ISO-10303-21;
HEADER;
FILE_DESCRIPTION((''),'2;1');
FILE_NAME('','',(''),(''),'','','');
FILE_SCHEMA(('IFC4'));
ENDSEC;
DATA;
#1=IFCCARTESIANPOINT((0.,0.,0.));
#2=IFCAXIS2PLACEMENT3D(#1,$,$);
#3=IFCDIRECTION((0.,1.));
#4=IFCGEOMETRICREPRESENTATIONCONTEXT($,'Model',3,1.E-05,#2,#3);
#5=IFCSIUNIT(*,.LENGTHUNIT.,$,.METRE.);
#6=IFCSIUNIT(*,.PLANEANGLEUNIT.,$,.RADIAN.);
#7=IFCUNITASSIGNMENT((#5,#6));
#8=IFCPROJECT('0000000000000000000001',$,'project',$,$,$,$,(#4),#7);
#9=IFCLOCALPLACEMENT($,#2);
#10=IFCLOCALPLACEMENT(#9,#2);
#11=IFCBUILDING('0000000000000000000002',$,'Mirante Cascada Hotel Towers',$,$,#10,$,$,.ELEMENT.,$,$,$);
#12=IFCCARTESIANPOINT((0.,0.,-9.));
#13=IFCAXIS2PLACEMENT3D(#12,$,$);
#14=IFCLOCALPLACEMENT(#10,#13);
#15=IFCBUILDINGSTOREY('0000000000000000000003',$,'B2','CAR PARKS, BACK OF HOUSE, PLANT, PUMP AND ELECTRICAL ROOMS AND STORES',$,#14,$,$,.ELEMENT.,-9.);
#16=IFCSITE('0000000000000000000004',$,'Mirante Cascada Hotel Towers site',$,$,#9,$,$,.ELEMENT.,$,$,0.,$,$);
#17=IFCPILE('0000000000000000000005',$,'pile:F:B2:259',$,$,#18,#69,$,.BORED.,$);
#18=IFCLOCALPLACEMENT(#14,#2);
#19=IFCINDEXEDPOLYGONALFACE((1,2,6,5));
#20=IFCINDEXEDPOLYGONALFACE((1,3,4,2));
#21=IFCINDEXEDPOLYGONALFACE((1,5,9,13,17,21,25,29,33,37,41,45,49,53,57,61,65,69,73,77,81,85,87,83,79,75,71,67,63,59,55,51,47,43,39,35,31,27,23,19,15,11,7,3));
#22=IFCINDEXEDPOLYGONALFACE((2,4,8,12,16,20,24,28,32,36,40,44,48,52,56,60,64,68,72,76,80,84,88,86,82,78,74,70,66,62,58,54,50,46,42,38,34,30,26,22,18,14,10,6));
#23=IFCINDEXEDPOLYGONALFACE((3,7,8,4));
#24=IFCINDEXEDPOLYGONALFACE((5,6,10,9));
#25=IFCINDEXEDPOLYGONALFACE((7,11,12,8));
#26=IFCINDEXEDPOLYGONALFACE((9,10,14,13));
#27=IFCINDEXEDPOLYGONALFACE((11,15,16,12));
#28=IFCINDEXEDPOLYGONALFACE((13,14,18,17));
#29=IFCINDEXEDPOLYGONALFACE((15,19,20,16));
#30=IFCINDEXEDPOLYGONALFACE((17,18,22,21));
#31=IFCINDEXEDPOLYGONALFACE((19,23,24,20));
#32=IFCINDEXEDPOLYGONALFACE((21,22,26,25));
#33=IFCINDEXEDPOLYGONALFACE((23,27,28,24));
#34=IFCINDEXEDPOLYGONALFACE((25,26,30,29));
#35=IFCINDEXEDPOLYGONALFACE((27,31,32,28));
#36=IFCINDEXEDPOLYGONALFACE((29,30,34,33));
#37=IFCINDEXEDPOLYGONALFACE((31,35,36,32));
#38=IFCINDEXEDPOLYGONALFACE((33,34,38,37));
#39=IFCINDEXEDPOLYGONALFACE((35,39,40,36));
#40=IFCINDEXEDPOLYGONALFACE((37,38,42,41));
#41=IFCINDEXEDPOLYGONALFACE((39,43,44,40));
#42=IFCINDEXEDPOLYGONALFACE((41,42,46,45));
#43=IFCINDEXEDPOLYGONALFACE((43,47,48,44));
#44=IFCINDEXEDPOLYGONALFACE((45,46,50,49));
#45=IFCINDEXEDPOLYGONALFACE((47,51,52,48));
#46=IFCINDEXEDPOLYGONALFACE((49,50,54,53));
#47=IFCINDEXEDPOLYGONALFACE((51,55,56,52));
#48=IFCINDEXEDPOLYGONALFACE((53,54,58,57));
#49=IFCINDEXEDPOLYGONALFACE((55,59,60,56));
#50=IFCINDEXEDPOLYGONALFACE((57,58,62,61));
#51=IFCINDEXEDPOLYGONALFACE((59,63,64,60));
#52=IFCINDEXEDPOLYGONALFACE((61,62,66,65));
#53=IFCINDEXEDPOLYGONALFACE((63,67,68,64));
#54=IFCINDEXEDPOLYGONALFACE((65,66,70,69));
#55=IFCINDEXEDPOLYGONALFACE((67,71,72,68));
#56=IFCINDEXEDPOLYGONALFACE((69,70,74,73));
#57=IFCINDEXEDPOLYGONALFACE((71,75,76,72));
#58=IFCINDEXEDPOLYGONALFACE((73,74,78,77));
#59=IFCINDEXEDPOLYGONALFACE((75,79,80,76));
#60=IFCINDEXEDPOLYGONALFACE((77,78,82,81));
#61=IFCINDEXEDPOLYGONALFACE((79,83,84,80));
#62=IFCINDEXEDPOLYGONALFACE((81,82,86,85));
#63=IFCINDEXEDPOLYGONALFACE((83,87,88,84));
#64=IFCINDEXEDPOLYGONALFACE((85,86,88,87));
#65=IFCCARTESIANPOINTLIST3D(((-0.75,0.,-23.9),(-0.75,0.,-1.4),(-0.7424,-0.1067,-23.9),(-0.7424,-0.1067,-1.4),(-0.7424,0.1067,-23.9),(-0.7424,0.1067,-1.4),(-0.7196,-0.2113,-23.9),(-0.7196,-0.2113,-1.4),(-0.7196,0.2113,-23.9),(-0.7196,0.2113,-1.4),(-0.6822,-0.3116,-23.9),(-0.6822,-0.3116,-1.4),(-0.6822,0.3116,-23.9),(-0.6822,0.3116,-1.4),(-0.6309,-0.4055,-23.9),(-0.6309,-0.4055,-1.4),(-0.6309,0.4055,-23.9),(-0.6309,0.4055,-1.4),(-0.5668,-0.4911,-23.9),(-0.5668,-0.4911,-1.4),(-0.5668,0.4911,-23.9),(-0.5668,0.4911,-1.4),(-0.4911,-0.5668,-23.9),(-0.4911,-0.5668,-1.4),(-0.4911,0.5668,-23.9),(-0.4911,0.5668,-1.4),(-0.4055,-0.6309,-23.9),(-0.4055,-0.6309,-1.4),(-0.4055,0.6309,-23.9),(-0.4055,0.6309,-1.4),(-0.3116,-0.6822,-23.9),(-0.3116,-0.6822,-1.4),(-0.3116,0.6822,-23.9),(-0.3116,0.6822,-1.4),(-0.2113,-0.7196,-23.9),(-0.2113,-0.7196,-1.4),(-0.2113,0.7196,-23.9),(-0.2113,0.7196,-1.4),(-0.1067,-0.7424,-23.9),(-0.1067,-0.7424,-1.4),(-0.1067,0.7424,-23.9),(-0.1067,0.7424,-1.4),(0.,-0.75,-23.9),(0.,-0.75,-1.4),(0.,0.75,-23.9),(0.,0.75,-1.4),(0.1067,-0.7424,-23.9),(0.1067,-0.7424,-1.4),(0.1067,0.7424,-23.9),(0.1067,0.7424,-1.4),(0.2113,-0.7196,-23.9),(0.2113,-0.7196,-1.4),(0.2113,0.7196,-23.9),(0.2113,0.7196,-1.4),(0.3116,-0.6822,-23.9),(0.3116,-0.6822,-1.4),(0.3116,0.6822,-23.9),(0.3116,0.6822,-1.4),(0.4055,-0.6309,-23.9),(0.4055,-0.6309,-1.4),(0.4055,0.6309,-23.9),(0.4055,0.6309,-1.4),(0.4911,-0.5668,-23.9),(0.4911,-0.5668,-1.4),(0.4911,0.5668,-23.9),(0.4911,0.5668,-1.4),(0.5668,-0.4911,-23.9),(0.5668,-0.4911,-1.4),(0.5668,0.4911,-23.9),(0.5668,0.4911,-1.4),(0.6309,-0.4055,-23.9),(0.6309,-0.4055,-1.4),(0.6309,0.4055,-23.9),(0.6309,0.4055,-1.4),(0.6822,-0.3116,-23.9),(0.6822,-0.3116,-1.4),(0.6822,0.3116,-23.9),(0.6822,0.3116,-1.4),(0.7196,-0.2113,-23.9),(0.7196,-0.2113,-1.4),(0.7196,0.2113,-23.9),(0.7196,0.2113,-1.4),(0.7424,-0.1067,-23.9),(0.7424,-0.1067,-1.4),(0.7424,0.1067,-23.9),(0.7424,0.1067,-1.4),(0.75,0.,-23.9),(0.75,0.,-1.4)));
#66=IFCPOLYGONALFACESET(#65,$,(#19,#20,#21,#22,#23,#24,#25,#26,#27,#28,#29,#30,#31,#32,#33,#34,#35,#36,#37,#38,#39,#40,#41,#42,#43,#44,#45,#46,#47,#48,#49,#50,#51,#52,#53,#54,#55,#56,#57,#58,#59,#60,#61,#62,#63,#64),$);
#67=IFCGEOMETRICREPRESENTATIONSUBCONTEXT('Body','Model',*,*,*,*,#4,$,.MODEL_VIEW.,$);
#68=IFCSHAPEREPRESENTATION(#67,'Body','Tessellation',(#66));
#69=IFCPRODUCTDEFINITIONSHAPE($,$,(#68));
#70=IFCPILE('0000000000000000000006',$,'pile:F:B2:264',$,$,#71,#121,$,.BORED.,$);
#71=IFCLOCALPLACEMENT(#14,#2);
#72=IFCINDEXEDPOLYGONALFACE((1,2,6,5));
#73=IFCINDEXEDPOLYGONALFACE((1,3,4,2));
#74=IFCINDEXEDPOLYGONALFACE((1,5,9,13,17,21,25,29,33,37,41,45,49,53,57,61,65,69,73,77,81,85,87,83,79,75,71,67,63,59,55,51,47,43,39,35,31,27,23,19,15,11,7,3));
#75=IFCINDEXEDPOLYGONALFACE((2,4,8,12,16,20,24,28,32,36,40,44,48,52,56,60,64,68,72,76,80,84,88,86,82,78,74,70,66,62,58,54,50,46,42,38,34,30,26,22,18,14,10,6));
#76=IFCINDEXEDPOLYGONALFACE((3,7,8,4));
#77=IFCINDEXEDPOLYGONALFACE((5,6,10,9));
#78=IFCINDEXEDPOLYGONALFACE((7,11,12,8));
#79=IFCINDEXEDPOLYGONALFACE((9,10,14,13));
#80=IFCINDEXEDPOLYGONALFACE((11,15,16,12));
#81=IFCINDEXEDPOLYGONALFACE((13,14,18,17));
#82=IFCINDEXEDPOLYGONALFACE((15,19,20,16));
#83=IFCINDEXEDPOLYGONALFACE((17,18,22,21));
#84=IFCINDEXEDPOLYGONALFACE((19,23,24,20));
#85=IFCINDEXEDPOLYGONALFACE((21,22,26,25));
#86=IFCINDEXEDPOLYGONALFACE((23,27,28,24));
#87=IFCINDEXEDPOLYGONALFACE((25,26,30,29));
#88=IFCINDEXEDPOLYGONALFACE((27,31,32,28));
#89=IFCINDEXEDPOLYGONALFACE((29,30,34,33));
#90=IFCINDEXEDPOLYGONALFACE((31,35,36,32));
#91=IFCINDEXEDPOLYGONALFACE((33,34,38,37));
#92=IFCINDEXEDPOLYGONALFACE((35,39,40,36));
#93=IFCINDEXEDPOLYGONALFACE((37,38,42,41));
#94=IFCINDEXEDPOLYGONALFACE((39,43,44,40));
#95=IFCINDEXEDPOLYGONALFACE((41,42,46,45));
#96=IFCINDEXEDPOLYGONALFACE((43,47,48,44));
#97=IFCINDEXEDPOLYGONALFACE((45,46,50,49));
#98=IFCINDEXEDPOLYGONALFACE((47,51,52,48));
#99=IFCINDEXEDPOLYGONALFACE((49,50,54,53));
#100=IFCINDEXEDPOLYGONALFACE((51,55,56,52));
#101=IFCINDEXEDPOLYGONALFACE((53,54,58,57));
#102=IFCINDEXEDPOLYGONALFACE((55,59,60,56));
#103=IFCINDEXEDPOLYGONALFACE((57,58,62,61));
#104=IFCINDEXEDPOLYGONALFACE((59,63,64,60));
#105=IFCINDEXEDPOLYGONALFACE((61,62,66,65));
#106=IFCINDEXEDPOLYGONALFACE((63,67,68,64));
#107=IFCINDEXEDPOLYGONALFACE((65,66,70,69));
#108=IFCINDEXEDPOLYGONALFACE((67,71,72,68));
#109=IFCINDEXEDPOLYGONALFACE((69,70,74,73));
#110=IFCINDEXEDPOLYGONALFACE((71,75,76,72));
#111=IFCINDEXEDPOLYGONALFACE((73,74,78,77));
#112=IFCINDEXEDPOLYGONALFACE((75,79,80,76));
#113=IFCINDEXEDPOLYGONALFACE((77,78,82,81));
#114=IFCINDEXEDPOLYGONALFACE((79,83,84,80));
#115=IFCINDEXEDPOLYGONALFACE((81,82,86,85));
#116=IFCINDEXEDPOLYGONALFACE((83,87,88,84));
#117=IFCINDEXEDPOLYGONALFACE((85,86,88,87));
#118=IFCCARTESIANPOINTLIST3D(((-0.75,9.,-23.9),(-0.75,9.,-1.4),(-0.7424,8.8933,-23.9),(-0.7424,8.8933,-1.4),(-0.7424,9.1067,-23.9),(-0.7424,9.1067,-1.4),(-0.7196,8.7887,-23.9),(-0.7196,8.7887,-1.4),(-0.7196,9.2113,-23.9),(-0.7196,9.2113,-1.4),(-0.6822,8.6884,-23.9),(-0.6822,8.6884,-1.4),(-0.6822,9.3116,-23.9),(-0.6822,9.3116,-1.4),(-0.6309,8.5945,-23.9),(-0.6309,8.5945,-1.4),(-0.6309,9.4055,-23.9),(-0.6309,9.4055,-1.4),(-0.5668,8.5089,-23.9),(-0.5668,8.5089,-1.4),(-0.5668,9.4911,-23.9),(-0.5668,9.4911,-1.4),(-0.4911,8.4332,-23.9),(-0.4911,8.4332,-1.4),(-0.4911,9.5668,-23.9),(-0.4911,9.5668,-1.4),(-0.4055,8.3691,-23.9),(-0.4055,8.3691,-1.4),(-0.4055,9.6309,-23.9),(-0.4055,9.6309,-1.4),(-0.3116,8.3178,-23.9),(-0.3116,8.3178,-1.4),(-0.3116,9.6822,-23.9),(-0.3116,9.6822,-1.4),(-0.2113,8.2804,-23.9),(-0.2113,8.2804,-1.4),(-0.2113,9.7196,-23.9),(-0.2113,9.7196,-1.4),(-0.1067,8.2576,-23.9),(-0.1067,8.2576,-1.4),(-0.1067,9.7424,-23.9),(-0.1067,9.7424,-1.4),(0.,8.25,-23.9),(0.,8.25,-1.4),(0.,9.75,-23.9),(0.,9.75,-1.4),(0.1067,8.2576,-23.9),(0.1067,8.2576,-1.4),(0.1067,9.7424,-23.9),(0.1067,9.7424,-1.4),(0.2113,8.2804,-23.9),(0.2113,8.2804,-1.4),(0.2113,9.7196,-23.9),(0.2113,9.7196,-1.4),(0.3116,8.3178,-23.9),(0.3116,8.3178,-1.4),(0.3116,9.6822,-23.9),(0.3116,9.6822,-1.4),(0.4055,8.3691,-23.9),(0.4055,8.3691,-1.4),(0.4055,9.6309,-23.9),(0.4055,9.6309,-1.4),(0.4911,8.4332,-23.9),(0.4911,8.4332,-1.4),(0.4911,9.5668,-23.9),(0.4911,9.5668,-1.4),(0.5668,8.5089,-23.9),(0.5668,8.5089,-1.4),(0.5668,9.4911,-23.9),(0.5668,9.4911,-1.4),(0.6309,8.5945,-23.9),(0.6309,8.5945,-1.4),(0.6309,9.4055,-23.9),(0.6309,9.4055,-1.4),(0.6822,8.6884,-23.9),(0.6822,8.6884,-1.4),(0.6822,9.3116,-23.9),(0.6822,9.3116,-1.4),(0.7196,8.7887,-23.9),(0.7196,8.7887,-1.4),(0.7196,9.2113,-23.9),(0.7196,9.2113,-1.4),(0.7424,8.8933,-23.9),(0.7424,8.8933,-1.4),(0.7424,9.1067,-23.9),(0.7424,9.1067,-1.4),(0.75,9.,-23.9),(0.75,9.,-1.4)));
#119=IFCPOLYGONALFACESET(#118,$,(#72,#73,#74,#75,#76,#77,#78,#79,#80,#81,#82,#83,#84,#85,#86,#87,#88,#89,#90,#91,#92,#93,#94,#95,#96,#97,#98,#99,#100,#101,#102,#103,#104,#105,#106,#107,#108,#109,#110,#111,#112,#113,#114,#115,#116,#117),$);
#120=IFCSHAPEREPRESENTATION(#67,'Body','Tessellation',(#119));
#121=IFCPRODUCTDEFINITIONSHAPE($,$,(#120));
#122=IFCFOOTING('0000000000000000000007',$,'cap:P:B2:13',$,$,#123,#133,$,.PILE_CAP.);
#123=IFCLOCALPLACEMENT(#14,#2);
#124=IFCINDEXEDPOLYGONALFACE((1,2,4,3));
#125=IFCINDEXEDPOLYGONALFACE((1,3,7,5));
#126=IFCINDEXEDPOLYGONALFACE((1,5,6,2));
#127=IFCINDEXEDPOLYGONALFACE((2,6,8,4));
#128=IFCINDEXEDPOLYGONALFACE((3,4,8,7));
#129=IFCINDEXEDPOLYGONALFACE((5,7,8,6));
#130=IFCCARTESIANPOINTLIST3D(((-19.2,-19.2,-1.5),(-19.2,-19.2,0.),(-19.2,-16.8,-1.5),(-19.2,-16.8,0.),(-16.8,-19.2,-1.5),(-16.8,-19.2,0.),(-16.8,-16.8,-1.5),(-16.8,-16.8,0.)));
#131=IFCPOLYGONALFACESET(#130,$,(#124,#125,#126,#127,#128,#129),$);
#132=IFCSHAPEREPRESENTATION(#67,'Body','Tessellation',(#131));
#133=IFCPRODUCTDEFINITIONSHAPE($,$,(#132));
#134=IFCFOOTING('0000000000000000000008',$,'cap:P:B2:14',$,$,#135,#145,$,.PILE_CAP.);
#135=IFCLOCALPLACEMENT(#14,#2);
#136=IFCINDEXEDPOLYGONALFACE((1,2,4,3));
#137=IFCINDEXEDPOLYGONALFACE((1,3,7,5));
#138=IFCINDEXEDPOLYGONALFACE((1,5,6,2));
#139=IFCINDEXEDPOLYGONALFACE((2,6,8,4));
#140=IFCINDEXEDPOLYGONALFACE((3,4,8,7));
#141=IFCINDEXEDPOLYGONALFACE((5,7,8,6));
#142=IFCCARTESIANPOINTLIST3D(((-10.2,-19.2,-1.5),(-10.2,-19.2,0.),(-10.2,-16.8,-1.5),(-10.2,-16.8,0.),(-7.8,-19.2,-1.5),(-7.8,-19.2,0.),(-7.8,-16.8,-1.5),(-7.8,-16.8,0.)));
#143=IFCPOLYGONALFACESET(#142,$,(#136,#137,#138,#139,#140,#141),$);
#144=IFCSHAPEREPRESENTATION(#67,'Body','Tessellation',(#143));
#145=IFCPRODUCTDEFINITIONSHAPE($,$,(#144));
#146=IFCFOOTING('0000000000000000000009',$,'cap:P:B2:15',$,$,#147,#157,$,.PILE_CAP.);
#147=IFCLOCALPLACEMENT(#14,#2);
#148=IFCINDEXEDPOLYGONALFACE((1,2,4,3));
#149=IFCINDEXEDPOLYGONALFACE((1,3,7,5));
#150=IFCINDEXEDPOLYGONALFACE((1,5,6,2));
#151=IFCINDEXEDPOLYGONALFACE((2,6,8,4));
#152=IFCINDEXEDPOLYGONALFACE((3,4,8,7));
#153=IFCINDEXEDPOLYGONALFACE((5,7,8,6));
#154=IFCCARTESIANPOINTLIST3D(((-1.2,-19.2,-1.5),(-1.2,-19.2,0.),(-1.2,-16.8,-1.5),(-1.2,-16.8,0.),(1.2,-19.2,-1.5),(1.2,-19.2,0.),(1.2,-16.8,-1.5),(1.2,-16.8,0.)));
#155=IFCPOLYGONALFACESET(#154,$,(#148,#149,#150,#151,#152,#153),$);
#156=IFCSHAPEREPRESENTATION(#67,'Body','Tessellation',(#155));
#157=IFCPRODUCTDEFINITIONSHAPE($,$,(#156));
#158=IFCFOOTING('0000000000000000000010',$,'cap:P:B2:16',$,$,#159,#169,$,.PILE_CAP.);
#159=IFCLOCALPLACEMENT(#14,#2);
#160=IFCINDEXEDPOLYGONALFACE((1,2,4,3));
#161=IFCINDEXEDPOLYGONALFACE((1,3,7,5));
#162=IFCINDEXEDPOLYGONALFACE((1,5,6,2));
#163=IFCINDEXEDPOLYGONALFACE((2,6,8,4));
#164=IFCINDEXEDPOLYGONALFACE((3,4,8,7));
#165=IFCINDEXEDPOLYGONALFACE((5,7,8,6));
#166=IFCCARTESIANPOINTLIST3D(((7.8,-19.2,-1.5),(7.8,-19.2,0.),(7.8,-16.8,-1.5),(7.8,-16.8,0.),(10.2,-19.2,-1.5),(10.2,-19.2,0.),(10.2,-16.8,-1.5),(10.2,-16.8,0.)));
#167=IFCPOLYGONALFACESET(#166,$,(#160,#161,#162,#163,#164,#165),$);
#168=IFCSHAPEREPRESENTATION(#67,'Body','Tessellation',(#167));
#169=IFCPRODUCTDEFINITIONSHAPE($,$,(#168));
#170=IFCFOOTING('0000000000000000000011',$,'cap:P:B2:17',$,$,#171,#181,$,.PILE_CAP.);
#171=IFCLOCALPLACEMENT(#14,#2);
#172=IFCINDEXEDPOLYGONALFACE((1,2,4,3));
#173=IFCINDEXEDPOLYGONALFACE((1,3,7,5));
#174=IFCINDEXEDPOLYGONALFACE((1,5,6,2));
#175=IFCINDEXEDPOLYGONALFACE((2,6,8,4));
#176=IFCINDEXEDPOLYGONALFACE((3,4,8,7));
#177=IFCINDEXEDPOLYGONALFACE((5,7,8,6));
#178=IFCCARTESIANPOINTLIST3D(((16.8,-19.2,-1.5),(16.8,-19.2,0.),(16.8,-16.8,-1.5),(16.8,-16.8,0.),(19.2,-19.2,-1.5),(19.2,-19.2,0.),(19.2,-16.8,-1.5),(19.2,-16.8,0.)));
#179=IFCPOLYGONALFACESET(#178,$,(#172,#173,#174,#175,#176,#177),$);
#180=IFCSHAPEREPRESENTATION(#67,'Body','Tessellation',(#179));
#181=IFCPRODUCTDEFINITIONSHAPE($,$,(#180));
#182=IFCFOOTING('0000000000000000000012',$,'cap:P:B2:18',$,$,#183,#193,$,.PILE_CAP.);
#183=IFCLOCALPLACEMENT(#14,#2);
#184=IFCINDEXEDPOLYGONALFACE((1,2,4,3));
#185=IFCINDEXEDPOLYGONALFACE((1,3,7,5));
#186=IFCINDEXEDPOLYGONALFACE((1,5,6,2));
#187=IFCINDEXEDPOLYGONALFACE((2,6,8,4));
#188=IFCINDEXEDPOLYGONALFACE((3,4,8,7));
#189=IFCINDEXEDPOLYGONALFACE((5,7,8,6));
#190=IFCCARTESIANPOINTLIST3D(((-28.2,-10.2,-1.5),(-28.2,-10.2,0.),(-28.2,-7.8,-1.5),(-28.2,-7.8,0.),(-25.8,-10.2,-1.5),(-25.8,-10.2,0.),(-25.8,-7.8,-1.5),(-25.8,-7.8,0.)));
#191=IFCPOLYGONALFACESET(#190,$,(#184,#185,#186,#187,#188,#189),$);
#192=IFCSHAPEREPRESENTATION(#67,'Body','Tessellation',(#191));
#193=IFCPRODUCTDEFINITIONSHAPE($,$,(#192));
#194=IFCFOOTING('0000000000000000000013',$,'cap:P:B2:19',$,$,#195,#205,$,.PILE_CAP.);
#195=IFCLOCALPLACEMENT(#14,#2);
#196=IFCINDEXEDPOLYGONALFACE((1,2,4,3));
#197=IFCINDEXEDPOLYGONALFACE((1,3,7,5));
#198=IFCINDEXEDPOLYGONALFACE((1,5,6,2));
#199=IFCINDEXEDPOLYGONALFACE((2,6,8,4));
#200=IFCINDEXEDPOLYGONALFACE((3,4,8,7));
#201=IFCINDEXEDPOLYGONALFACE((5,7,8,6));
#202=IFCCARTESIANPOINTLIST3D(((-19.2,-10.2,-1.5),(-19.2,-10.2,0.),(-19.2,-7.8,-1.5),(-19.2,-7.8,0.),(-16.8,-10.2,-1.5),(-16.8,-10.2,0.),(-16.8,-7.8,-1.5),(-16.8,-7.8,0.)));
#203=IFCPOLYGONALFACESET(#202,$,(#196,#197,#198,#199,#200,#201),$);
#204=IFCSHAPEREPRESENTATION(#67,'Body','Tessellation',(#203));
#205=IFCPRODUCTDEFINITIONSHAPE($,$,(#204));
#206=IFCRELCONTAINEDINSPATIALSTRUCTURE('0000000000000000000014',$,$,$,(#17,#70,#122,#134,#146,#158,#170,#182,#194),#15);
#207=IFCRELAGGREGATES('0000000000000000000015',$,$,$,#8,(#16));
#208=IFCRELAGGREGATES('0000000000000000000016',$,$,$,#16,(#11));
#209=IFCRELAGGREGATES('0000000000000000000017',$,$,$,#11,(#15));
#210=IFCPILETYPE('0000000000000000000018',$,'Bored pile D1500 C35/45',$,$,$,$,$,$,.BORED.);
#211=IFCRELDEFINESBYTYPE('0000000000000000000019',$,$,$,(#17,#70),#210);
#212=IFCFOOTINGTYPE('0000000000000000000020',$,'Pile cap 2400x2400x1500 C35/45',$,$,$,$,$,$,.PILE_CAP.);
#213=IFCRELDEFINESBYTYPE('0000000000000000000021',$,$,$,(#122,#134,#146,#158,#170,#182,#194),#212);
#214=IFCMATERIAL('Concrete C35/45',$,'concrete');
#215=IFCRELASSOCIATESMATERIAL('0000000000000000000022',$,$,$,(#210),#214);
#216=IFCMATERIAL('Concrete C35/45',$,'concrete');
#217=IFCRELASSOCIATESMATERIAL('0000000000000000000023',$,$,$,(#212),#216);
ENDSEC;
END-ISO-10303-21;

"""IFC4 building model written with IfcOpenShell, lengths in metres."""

from ifc_helpers import new_model, si_unit, direction, frame, origin, origin_2d, place, context, subcontext, project, spatial, polyline, circle, outline, extrude, material, material_profile, profile_set, type_object, element, save


model = new_model("IFC4")

# Units and contexts
model_context = context("Model", 3, precision=1e-05, world=origin(), true_north=direction((0.0, 1.0)))
body_context = subcontext(model_context, "Body", "Model", "MODEL_VIEW")
ifc_project = project(units=[si_unit("LENGTHUNIT", "METRE"), si_unit("PLANEANGLEUNIT", "RADIAN")], contexts=[model_context])

# Site, building, storey
site_placement = place(None, origin())
site = spatial("IfcSite", under=ifc_project, at=site_placement, Name="Mirante Cascada Hotel Towers site", CompositionType="ELEMENT", RefElevation=0.0)
building_placement = place(site_placement, origin())
building = spatial("IfcBuilding", under=site, at=building_placement, Name="Mirante Cascada Hotel Towers", CompositionType="ELEMENT")
storey_placement = place(building_placement, frame((0.0, 0.0, -9.0)))
storey = spatial("IfcBuildingStorey", under=building, at=storey_placement, Name="B2", Description="CAR PARKS, BACK OF HOUSE, PLANT, PUMP AND ELECTRICAL ROOMS AND STORES", CompositionType="ELEMENT", Elevation=-9.0)

# Piles
ifc_material_1 = material(Name="Concrete C35/45", Category="concrete")
ifc_material_profile_1 = material_profile(ifc_material_1, circle(Radius=0.75, at=origin_2d()), Name="RC D1500")
ifc_profile_set_1 = profile_set([ifc_material_profile_1], Name="Concrete C35/45")
pile_type = type_object("IfcPileType", Name="Bored pile D1500 C35/45", PredefinedType="BORED", material=ifc_profile_set_1)
for number, where, z_axis, x_axis, name in (
    (1, (0.0, 0.0, -1.4), (0.0, 0.0, -1.0), (1.0, 0.0, 0.0), "pile:F:B2:259"),
    (2, (0.0, 9.0, -1.4), (0.0, 0.0, -1.0), (1.0, 0.0, 0.0), "pile:F:B2:264"),
):
    element("IfcPile", number, at=place(storey_placement, frame(where, z_axis=z_axis, x_axis=x_axis)), inside=storey, type_object=pile_type, Name=name, PredefinedType="BORED", context=body_context, shape_type="SweptSolid", body=[
        extrude(circle(Radius=0.75, at=origin_2d()), origin(), (0.0, 0.0, 1.0), 22.5),
    ])

# Footings
ifc_material_2 = material(Name="Concrete C35/45", Category="concrete")
footing_type = type_object("IfcFootingType", Name="Pile cap 2400x2400x1500 C35/45", PredefinedType="PILE_CAP", material=ifc_material_2)
footing_1_placement = place(storey_placement, frame((0.0, 0.0, -1.5)))
element("IfcFooting", 3, at=footing_1_placement, inside=storey, type_object=footing_type, Name="cap:P:B2:13", PredefinedType="PILE_CAP", context=body_context, shape_type="SweptSolid", body=[
    extrude(outline(polyline([(-16.8, -19.2), (-16.8, -16.8), (-19.2, -16.8), (-19.2, -19.2), (-16.8, -19.2)])), origin(), (0.0, 0.0, 1.0), 1.5),
])
footing_2_placement = place(storey_placement, frame((0.0, 0.0, -1.5)))
element("IfcFooting", 4, at=footing_2_placement, inside=storey, type_object=footing_type, Name="cap:P:B2:14", PredefinedType="PILE_CAP", context=body_context, shape_type="SweptSolid", body=[
    extrude(outline(polyline([(-7.8, -19.2), (-7.8, -16.8), (-10.2, -16.8), (-10.2, -19.2), (-7.8, -19.2)])), origin(), (0.0, 0.0, 1.0), 1.5),
])
footing_3_placement = place(storey_placement, frame((0.0, 0.0, -1.5)))
element("IfcFooting", 5, at=footing_3_placement, inside=storey, type_object=footing_type, Name="cap:P:B2:15", PredefinedType="PILE_CAP", context=body_context, shape_type="SweptSolid", body=[
    extrude(outline(polyline([(1.2, -19.2), (1.2, -16.8), (-1.2, -16.8), (-1.2, -19.2), (1.2, -19.2)])), origin(), (0.0, 0.0, 1.0), 1.5),
])
footing_4_placement = place(storey_placement, frame((0.0, 0.0, -1.5)))
element("IfcFooting", 6, at=footing_4_placement, inside=storey, type_object=footing_type, Name="cap:P:B2:16", PredefinedType="PILE_CAP", context=body_context, shape_type="SweptSolid", body=[
    extrude(outline(polyline([(10.2, -19.2), (10.2, -16.8), (7.8, -16.8), (7.8, -19.2), (10.2, -19.2)])), origin(), (0.0, 0.0, 1.0), 1.5),
])
footing_5_placement = place(storey_placement, frame((0.0, 0.0, -1.5)))
element("IfcFooting", 7, at=footing_5_placement, inside=storey, type_object=footing_type, Name="cap:P:B2:17", PredefinedType="PILE_CAP", context=body_context, shape_type="SweptSolid", body=[
    extrude(outline(polyline([(19.2, -19.2), (19.2, -16.8), (16.8, -16.8), (16.8, -19.2), (19.2, -19.2)])), origin(), (0.0, 0.0, 1.0), 1.5),
])
footing_6_placement = place(storey_placement, frame((0.0, 0.0, -1.5)))
element("IfcFooting", 8, at=footing_6_placement, inside=storey, type_object=footing_type, Name="cap:P:B2:18", PredefinedType="PILE_CAP", context=body_context, shape_type="SweptSolid", body=[
    extrude(outline(polyline([(-25.8, -10.2), (-25.8, -7.8), (-28.2, -7.8), (-28.2, -10.2), (-25.8, -10.2)])), origin(), (0.0, 0.0, 1.0), 1.5),
])
footing_7_placement = place(storey_placement, frame((0.0, 0.0, -1.5)))
element("IfcFooting", 9, at=footing_7_placement, inside=storey, type_object=footing_type, Name="cap:P:B2:19", PredefinedType="PILE_CAP", context=body_context, shape_type="SweptSolid", body=[
    extrude(outline(polyline([(-16.8, -10.2), (-16.8, -7.8), (-19.2, -7.8), (-19.2, -10.2), (-16.8, -10.2)])), origin(), (0.0, 0.0, 1.0), 1.5),
])

save(model, "model.ifc")
